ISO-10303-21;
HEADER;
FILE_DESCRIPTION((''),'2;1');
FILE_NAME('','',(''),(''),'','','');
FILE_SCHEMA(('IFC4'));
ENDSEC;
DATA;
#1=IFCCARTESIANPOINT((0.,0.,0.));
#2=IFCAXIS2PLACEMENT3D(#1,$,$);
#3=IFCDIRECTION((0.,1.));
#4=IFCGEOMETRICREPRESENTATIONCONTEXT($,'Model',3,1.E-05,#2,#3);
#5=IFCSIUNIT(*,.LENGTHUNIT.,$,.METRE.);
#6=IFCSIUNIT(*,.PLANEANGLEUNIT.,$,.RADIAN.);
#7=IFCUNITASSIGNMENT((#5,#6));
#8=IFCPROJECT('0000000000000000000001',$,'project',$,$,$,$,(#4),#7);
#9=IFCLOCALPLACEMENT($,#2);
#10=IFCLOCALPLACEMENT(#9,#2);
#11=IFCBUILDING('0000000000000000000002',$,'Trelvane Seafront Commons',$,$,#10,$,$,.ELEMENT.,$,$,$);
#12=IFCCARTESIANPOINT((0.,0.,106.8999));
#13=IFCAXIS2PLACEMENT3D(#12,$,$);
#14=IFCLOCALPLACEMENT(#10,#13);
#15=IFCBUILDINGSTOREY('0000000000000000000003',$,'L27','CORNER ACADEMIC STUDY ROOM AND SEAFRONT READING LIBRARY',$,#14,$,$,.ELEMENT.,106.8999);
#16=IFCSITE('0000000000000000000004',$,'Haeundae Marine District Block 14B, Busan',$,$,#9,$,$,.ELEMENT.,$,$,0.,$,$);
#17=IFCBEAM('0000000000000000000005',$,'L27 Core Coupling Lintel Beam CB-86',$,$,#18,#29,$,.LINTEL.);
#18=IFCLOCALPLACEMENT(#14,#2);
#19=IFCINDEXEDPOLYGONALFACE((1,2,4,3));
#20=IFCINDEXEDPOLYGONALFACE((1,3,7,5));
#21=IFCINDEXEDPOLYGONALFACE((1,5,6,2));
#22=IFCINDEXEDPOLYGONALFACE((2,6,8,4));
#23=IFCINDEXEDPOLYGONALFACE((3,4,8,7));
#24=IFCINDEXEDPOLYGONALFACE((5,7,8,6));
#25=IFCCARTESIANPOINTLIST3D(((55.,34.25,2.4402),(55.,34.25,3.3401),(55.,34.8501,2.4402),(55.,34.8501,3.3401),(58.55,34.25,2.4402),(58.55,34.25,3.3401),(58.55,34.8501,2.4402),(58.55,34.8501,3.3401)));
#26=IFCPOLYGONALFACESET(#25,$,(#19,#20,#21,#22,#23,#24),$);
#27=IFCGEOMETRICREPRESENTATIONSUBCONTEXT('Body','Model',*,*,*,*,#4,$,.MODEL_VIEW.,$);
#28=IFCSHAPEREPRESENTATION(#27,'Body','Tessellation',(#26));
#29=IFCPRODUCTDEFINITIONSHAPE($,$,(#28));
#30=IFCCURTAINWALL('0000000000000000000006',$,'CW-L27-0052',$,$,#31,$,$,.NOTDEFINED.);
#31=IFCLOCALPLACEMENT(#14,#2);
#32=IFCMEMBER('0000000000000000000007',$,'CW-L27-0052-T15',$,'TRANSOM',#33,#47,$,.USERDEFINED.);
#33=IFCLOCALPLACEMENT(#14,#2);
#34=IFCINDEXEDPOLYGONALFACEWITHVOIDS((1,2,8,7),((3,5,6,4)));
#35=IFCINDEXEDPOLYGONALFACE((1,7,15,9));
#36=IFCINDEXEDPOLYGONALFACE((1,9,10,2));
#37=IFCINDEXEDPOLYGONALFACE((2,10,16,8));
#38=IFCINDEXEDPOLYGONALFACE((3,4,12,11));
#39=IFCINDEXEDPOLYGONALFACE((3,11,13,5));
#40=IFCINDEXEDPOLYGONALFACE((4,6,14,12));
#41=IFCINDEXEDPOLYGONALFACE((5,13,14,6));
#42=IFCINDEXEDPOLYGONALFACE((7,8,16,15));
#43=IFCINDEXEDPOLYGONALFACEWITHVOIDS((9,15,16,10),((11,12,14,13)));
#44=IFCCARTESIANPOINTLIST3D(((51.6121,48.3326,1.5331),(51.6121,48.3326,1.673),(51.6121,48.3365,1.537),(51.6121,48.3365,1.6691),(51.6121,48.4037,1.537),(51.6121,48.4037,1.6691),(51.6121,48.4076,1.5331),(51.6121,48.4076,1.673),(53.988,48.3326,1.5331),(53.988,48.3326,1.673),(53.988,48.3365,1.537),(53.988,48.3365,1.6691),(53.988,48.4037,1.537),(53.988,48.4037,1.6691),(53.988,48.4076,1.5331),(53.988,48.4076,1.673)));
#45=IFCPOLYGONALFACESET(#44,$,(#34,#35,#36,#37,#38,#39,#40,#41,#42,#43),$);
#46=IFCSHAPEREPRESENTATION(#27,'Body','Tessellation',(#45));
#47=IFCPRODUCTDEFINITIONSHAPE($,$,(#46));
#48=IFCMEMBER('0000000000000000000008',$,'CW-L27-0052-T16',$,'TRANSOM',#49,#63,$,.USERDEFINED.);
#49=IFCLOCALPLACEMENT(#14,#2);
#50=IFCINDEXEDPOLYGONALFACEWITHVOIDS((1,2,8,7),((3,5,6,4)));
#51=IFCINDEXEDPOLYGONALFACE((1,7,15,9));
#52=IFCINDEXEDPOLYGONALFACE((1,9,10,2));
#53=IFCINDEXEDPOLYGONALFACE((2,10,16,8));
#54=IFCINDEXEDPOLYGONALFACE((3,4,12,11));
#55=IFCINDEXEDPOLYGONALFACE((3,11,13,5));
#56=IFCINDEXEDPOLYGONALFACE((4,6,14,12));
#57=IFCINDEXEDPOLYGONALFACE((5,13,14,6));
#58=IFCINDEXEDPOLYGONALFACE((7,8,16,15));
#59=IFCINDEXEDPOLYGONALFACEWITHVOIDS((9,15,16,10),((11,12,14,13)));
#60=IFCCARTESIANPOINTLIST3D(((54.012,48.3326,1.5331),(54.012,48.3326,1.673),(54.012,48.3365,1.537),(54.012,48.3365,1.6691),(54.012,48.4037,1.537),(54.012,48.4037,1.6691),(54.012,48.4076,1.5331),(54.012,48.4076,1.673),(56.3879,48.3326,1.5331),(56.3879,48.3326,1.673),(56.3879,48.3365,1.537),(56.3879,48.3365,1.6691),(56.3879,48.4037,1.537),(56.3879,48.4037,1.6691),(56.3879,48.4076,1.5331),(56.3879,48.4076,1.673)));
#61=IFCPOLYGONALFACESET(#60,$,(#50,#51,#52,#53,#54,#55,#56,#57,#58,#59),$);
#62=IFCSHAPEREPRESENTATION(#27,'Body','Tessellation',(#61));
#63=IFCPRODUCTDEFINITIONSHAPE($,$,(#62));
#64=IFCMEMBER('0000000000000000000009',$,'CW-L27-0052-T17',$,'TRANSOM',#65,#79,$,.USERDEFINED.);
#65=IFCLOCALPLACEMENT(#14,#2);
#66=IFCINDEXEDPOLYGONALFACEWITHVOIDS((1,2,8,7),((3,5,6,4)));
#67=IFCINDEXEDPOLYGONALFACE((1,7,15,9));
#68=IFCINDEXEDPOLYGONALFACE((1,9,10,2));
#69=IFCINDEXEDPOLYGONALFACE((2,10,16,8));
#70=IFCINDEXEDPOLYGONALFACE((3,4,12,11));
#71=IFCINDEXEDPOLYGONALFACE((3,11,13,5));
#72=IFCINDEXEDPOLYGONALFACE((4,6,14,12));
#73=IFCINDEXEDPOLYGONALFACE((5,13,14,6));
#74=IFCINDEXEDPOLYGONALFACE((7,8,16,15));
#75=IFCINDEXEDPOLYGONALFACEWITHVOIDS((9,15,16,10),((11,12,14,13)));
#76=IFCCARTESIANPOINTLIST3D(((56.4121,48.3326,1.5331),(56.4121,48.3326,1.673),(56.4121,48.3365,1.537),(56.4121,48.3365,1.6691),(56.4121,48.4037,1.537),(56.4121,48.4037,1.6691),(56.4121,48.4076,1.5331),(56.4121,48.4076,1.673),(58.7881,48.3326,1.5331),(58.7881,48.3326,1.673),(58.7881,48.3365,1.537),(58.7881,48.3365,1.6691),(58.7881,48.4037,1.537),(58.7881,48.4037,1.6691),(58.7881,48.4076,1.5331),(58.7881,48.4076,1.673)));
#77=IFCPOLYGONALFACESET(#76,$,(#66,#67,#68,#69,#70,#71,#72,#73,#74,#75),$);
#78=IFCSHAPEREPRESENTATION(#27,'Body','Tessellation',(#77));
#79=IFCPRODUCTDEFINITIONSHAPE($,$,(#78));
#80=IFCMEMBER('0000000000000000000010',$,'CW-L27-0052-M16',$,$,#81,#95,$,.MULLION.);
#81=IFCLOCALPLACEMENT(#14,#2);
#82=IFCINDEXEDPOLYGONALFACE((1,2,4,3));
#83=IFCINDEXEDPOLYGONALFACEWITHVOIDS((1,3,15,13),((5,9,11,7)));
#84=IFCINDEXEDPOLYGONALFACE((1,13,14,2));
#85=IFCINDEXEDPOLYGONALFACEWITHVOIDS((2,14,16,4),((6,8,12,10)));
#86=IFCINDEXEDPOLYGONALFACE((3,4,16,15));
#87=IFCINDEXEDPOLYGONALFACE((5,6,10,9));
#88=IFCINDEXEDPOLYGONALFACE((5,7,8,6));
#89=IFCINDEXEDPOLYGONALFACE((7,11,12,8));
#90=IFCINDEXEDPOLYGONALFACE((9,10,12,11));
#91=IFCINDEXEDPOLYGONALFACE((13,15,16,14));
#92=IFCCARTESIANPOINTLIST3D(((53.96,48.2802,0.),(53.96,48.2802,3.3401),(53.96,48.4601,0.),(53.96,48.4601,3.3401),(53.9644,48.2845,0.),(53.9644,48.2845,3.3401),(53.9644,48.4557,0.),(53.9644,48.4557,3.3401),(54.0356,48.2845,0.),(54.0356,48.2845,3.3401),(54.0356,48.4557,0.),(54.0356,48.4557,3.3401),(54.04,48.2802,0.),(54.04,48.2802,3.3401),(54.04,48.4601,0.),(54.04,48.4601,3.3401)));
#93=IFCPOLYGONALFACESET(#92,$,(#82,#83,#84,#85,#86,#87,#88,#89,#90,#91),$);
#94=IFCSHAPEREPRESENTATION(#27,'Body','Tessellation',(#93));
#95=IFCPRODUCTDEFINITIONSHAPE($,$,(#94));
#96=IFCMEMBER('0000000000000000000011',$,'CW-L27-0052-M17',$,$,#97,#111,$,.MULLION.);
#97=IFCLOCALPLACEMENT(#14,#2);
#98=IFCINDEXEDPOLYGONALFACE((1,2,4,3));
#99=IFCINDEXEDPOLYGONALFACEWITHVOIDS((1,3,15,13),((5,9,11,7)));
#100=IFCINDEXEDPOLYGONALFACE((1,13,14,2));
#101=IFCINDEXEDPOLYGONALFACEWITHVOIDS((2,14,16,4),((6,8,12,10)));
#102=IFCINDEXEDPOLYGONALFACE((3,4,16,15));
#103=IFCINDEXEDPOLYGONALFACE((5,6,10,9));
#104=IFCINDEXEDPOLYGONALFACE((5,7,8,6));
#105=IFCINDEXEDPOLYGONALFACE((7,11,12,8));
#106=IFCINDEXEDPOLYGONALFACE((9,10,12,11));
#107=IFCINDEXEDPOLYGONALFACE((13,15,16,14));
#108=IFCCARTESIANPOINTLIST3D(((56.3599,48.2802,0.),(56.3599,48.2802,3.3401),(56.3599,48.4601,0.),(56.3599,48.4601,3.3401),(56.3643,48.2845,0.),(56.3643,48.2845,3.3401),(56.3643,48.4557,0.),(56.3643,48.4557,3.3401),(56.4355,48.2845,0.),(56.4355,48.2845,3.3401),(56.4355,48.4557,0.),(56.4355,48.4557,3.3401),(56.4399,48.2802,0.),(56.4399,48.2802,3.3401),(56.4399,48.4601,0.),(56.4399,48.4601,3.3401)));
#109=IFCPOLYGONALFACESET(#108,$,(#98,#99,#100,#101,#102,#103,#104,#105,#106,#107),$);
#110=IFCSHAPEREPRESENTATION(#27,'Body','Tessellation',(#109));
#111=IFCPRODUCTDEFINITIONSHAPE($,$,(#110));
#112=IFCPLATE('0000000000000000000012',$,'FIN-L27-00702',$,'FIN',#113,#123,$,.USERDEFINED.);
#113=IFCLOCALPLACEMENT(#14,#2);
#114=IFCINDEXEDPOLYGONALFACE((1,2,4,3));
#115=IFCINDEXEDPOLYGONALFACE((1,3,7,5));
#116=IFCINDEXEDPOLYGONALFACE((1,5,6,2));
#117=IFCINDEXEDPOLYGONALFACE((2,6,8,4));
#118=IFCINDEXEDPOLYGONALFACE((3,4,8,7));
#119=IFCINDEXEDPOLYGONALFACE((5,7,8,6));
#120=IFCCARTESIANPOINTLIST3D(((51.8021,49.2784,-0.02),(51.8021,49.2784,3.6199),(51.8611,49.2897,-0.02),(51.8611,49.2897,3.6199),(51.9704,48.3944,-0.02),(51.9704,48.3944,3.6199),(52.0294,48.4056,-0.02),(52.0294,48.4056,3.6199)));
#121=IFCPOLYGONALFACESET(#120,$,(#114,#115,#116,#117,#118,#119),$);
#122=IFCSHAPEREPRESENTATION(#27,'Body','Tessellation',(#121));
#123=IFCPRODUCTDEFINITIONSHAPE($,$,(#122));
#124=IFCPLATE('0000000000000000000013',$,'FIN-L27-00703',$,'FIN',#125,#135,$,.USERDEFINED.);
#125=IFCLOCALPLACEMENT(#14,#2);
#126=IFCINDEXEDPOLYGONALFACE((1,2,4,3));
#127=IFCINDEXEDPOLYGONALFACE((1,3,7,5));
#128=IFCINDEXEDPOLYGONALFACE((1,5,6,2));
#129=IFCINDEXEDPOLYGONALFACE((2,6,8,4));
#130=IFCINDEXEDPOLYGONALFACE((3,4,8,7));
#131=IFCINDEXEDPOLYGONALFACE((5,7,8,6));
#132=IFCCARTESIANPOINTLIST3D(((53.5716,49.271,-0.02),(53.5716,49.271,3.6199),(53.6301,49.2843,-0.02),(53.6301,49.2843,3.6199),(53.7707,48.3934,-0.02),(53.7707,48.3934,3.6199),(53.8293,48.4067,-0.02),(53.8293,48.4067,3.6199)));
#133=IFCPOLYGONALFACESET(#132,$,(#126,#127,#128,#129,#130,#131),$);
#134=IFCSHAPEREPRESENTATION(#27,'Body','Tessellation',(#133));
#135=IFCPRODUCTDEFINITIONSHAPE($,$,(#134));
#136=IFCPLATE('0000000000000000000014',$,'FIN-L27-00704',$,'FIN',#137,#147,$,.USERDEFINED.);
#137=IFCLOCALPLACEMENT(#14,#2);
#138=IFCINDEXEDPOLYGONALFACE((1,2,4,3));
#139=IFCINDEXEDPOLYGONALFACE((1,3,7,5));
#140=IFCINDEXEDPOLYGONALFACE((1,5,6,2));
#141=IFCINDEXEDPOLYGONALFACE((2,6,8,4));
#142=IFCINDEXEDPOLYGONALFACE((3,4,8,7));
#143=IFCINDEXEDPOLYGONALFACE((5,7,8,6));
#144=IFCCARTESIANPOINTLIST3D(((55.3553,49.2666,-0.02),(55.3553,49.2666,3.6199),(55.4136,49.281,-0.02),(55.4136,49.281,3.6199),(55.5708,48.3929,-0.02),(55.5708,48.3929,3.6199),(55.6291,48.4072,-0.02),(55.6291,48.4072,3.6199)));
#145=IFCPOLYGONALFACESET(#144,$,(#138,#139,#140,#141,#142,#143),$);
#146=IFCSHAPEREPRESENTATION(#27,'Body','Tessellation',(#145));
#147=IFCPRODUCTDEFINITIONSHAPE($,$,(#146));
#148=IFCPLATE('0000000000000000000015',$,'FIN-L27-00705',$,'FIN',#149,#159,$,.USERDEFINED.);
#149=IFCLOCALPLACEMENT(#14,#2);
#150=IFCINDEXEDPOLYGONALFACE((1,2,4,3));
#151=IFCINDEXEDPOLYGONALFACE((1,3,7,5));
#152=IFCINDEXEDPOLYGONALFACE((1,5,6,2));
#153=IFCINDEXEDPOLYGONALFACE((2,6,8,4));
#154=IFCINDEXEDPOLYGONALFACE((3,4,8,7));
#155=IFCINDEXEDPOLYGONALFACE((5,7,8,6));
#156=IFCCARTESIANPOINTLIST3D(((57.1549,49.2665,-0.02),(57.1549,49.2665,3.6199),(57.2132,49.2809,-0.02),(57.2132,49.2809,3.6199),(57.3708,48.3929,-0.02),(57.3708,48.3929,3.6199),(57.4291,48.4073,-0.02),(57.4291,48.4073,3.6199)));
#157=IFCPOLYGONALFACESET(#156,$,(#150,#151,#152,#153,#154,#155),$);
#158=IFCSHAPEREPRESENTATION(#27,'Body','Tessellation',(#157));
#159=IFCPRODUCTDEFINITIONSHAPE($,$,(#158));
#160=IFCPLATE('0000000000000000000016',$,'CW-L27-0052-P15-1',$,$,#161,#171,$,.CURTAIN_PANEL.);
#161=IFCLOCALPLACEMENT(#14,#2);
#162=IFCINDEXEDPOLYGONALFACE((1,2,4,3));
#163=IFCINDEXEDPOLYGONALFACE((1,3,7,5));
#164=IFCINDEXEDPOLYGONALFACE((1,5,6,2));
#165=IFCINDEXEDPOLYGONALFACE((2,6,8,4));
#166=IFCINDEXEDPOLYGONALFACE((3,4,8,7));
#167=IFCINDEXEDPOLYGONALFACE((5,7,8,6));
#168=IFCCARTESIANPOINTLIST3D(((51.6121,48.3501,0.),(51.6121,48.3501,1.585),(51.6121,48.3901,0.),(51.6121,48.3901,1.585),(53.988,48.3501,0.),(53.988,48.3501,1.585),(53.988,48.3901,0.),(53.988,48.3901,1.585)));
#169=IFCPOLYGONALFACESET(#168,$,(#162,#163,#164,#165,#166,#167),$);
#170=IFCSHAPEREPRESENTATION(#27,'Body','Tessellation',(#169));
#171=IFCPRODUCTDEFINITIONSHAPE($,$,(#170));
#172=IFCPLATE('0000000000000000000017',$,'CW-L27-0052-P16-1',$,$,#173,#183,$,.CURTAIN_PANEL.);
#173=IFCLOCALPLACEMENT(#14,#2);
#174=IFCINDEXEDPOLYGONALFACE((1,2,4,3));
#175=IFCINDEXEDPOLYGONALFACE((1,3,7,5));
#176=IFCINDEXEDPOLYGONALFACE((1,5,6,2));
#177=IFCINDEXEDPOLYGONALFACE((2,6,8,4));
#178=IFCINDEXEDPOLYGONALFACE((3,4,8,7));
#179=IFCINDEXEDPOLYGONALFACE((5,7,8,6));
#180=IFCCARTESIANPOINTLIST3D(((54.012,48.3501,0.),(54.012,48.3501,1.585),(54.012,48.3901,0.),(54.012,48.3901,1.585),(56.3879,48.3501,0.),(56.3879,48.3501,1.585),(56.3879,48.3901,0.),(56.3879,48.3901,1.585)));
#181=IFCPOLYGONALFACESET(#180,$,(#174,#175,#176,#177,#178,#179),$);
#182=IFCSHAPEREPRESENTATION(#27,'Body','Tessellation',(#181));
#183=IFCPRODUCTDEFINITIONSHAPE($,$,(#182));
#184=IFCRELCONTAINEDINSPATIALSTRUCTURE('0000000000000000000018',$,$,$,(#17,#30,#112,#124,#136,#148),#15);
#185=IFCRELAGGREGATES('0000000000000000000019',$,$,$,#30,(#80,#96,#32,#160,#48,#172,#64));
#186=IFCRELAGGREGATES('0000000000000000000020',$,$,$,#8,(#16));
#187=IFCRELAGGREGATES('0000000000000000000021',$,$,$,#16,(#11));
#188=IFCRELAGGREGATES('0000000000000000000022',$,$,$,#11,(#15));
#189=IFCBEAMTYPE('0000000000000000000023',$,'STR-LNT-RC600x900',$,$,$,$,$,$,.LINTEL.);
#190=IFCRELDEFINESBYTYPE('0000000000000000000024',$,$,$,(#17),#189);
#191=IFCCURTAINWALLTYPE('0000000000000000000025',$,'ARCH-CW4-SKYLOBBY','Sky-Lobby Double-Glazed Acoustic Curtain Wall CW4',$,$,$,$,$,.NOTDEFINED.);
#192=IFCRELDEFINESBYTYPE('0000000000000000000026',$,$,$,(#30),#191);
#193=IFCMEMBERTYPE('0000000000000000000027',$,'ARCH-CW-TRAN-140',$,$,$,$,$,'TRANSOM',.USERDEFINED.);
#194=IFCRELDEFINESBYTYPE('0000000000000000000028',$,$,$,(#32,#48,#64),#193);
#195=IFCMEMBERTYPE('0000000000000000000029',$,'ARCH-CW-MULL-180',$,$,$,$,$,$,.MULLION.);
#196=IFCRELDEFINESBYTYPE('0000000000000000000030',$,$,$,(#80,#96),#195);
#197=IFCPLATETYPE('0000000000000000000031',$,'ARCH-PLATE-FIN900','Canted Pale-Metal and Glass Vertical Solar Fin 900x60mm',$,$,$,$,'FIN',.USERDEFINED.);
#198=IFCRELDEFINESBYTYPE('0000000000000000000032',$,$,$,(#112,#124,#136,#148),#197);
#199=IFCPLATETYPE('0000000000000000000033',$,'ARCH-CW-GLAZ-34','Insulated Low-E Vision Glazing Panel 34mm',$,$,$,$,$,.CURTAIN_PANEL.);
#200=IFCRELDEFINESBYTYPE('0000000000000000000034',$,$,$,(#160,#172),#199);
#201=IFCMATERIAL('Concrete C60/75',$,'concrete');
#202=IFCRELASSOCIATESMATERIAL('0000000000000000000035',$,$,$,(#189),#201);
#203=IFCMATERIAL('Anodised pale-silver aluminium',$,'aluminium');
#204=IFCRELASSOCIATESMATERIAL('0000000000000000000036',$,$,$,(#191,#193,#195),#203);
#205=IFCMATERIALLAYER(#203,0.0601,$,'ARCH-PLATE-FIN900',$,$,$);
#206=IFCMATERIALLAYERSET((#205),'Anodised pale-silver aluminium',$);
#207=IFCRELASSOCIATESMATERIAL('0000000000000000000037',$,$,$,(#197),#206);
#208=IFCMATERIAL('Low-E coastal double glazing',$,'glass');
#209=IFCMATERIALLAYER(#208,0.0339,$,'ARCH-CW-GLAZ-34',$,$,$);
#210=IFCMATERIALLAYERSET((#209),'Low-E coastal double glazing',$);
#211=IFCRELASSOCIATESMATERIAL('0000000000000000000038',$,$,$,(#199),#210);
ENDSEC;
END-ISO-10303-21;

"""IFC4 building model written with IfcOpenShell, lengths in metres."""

from ifc_helpers import new_model, si_unit, direction, frame, origin, origin_2d, place, context, subcontext, project, spatial, rectangle, hollow_rectangle, extrude, source, transform, mapped, material, layer, layer_set, material_profile, profile_set, type_object, element, aggregate, save


model = new_model("IFC4")

# Units and contexts
model_context = context("Model", 3, precision=1e-05, world=origin(), true_north=direction((0.0, 1.0)))
body_context = subcontext(model_context, "Body", "Model", "MODEL_VIEW")
ifc_project = project(units=[si_unit("LENGTHUNIT", "METRE"), si_unit("PLANEANGLEUNIT", "RADIAN")], contexts=[model_context])

# Site, building, storey
site_placement = place(None, origin())
site = spatial("IfcSite", under=ifc_project, at=site_placement, Name="Haeundae Marine District Block 14B, Busan", CompositionType="ELEMENT", RefElevation=0.0)
building_placement = place(site_placement, origin())
building = spatial("IfcBuilding", under=site, at=building_placement, Name="Trelvane Seafront Commons", CompositionType="ELEMENT")
storey_placement = place(building_placement, frame((0.0, 0.0, 106.8999)))
storey = spatial("IfcBuildingStorey", under=building, at=storey_placement, Name="L27", Description="CORNER ACADEMIC STUDY ROOM AND SEAFRONT READING LIBRARY", CompositionType="ELEMENT", Elevation=106.8999)

# Beam
ifc_material_1 = material(Name="Concrete C60/75", Category="concrete")
ifc_material_profile_1 = material_profile(ifc_material_1, rectangle(XDim=0.6001, YDim=0.8999, at=origin_2d()), Name="RC-600x900")
ifc_profile_set_1 = profile_set([ifc_material_profile_1], Name="Concrete C60/75")
beam_type = type_object("IfcBeamType", Name="STR-LNT-RC600x900", PredefinedType="LINTEL", material=ifc_profile_set_1)
shared_shape_1 = source(origin(), body_context, "Body", "SweptSolid", [
    extrude(rectangle(XDim=0.6001, YDim=0.8999, at=origin_2d()), origin(), (0.0, 0.0, 1.0), 3.55),
])
beam_placement = place(storey_placement, frame((55.0, 34.55, 2.8901), z_axis=(1.0, 0.0, 0.0), x_axis=(0.0, 1.0, 0.0)))
element("IfcBeam", 1, at=beam_placement, inside=storey, type_object=beam_type, Name="L27 Core Coupling Lintel Beam CB-86", PredefinedType="LINTEL", context=body_context, shape_type="MappedRepresentation", body=[
    mapped(shared_shape_1, transform((0.0, 0.0, 0.0), x_axis=(1.0, 0.0, 0.0), y_axis=(0.0, 1.0, 0.0), z_axis=(0.0, 0.0, 1.0), scale=1.0)),
])

# Curtain wall, members
ifc_material_2 = material(Name="Anodised pale-silver aluminium", Category="aluminium")
curtain_wall_type = type_object("IfcCurtainWallType", Name="ARCH-CW4-SKYLOBBY", Description="Sky-Lobby Double-Glazed Acoustic Curtain Wall CW4", PredefinedType="NOTDEFINED", material=ifc_material_2)
curtain_wall_placement = place(storey_placement, origin())
curtain_wall = element("IfcCurtainWall", 2, at=curtain_wall_placement, inside=storey, type_object=curtain_wall_type, Name="CW-L27-0052", PredefinedType="NOTDEFINED")
ifc_material_profile_2 = material_profile(ifc_material_2, hollow_rectangle(XDim=0.075, YDim=0.1399, WallThickness=0.0039, at=origin_2d()), Name="TRAN-75x140x4")
ifc_profile_set_2 = profile_set([ifc_material_profile_2], Name="Anodised pale-silver aluminium")
member_type_1 = type_object("IfcMemberType", Name="ARCH-CW-TRAN-140", ElementType="TRANSOM", PredefinedType="USERDEFINED", material=ifc_profile_set_2)
shared_shape_2 = source(origin(), body_context, "Body", "SweptSolid", [
    extrude(hollow_rectangle(XDim=0.075, YDim=0.1399, WallThickness=0.0039, at=origin_2d()), origin(), (0.0, 0.0, 1.0), 2.376),
])
member_1_placement = place(storey_placement, frame((51.6121, 48.3701, 1.603), z_axis=(1.0, 0.0, 0.0), x_axis=(0.0, 1.0, 0.0)))
member_1 = element("IfcMember", 3, at=member_1_placement, type_object=member_type_1, Name="CW-L27-0052-T15", ObjectType="TRANSOM", PredefinedType="USERDEFINED", context=body_context, shape_type="MappedRepresentation", body=[
    mapped(shared_shape_2, transform((0.0, 0.0, 0.0), x_axis=(1.0, 0.0, 0.0), y_axis=(0.0, 1.0, 0.0), z_axis=(0.0, 0.0, 1.0), scale=1.0)),
])
member_2_placement = place(storey_placement, frame((54.012, 48.3701, 1.603), z_axis=(1.0, 0.0, 0.0), x_axis=(0.0, 1.0, 0.0)))
member_2 = element("IfcMember", 4, at=member_2_placement, type_object=member_type_1, Name="CW-L27-0052-T16", ObjectType="TRANSOM", PredefinedType="USERDEFINED", context=body_context, shape_type="MappedRepresentation", body=[
    mapped(shared_shape_2, transform((0.0, 0.0, 0.0), x_axis=(1.0, 0.0, 0.0), y_axis=(0.0, 1.0, 0.0), z_axis=(0.0, 0.0, 1.0), scale=1.0)),
])
member_3_placement = place(storey_placement, frame((56.4121, 48.3701, 1.603), z_axis=(1.0, 0.0, 0.0), x_axis=(0.0, 1.0, 0.0)))
member_3 = element("IfcMember", 5, at=member_3_placement, type_object=member_type_1, Name="CW-L27-0052-T17", ObjectType="TRANSOM", PredefinedType="USERDEFINED", context=body_context, shape_type="MappedRepresentation", body=[
    mapped(shared_shape_2, transform((0.0, 0.0, 0.0), x_axis=(1.0, 0.0, 0.0), y_axis=(0.0, 1.0, 0.0), z_axis=(0.0, 0.0, 1.0), scale=1.0)),
])
ifc_material_profile_3 = material_profile(ifc_material_2, hollow_rectangle(XDim=0.0801, YDim=0.1799, WallThickness=0.0044, at=origin_2d()), Name="MULL-80x180x4.5")
ifc_profile_set_3 = profile_set([ifc_material_profile_3], Name="Anodised pale-silver aluminium")
member_type_2 = type_object("IfcMemberType", Name="ARCH-CW-MULL-180", PredefinedType="MULLION", material=ifc_profile_set_3)
shared_shape_3 = source(origin(), body_context, "Body", "SweptSolid", [
    extrude(hollow_rectangle(XDim=0.0801, YDim=0.1799, WallThickness=0.0044, at=origin_2d()), origin(), (0.0, 0.0, 1.0), 3.3401),
])
member_4_placement = place(storey_placement, frame((54.0, 48.3701, 0.0), z_axis=(0.0, 0.0, 1.0), x_axis=(1.0, 0.0, 0.0)))
member_4 = element("IfcMember", 6, at=member_4_placement, type_object=member_type_2, Name="CW-L27-0052-M16", PredefinedType="MULLION", context=body_context, shape_type="MappedRepresentation", body=[
    mapped(shared_shape_3, transform((0.0, 0.0, 0.0), x_axis=(1.0, 0.0, 0.0), y_axis=(0.0, 1.0, 0.0), z_axis=(0.0, 0.0, 1.0), scale=1.0)),
])
member_5_placement = place(storey_placement, frame((56.3999, 48.3701, 0.0), z_axis=(0.0, 0.0, 1.0), x_axis=(1.0, 0.0, 0.0)))
member_5 = element("IfcMember", 7, at=member_5_placement, type_object=member_type_2, Name="CW-L27-0052-M17", PredefinedType="MULLION", context=body_context, shape_type="MappedRepresentation", body=[
    mapped(shared_shape_3, transform((0.0, 0.0, 0.0), x_axis=(1.0, 0.0, 0.0), y_axis=(0.0, 1.0, 0.0), z_axis=(0.0, 0.0, 1.0), scale=1.0)),
])

# Plates
ifc_layer_1 = layer(ifc_material_2, 0.0601, Name="ARCH-PLATE-FIN900")
ifc_layer_set_1 = layer_set([ifc_layer_1], Name="Anodised pale-silver aluminium")
plate_type_1 = type_object("IfcPlateType", Name="ARCH-PLATE-FIN900", Description="Canted Pale-Metal and Glass Vertical Solar Fin 900x60mm", ElementType="FIN", PredefinedType="USERDEFINED", material=ifc_layer_set_1)
shared_shape_4 = source(origin(), body_context, "Body", "SweptSolid", [
    extrude(rectangle(XDim=0.8999, YDim=0.0601, at=origin_2d()), origin(), (0.0, 0.0, 1.0), 3.6399),
])
for number, where, z_axis, x_axis, name in (
    (8, (51.9158, 48.842, -0.02), (0.0, 0.0, 1.0), (-0.187004, 0.982359, 0.0), "FIN-L27-00702"),
    (9, (53.7004, 48.8389, -0.02), (0.0, 0.0, 1.0), (-0.221329, 0.975199, 0.0), "FIN-L27-00703"),
    (10, (55.4922, 48.8369, -0.02), (0.0, 0.0, 1.0), (-0.239449, 0.970909, 0.0), "FIN-L27-00704"),
    (11, (57.292, 48.8369, -0.02), (0.0, 0.0, 1.0), (-0.239999, 0.970773, 0.0), "FIN-L27-00705"),
):
    element("IfcPlate", number, at=place(storey_placement, frame(where, z_axis=z_axis, x_axis=x_axis)), inside=storey, type_object=plate_type_1, Name=name, ObjectType="FIN", PredefinedType="USERDEFINED", context=body_context, shape_type="MappedRepresentation", body=[
        mapped(shared_shape_4, transform((0.0, 0.0, 0.0), x_axis=(1.0, 0.0, 0.0), y_axis=(0.0, 1.0, 0.0), z_axis=(0.0, 0.0, 1.0), scale=1.0)),
    ])

# Plates
ifc_material_3 = material(Name="Low-E coastal double glazing", Category="glass")
ifc_layer_2 = layer(ifc_material_3, 0.0339, Name="ARCH-CW-GLAZ-34")
ifc_layer_set_2 = layer_set([ifc_layer_2], Name="Low-E coastal double glazing")
plate_type_2 = type_object("IfcPlateType", Name="ARCH-CW-GLAZ-34", Description="Insulated Low-E Vision Glazing Panel 34mm", PredefinedType="CURTAIN_PANEL", material=ifc_layer_set_2)
shared_shape_5 = source(origin(), body_context, "Body", "SweptSolid", [
    extrude(rectangle(XDim=2.376, YDim=0.04, at=origin_2d()), origin(), (0.0, 0.0, 1.0), 1.585),
])
plate_1_placement = place(storey_placement, frame((52.8, 48.3701, 0.0), z_axis=(0.0, 0.0, 1.0), x_axis=(1.0, 0.0, 0.0)))
plate_1 = element("IfcPlate", 12, at=plate_1_placement, type_object=plate_type_2, Name="CW-L27-0052-P15-1", PredefinedType="CURTAIN_PANEL", context=body_context, shape_type="MappedRepresentation", body=[
    mapped(shared_shape_5, transform((0.0, 0.0, 0.0), x_axis=(1.0, 0.0, 0.0), y_axis=(0.0, 1.0, 0.0), z_axis=(0.0, 0.0, 1.0), scale=1.0)),
])
plate_2_placement = place(storey_placement, frame((55.2, 48.3701, 0.0), z_axis=(0.0, 0.0, 1.0), x_axis=(1.0, 0.0, 0.0)))
plate_2 = element("IfcPlate", 13, at=plate_2_placement, type_object=plate_type_2, Name="CW-L27-0052-P16-1", PredefinedType="CURTAIN_PANEL", context=body_context, shape_type="MappedRepresentation", body=[
    mapped(shared_shape_5, transform((0.0, 0.0, 0.0), x_axis=(1.0, 0.0, 0.0), y_axis=(0.0, 1.0, 0.0), z_axis=(0.0, 0.0, 1.0), scale=1.0)),
])
aggregate(curtain_wall, [member_4, member_5, member_1, plate_1, member_2, plate_2, member_3])

save(model, "model.ifc")
